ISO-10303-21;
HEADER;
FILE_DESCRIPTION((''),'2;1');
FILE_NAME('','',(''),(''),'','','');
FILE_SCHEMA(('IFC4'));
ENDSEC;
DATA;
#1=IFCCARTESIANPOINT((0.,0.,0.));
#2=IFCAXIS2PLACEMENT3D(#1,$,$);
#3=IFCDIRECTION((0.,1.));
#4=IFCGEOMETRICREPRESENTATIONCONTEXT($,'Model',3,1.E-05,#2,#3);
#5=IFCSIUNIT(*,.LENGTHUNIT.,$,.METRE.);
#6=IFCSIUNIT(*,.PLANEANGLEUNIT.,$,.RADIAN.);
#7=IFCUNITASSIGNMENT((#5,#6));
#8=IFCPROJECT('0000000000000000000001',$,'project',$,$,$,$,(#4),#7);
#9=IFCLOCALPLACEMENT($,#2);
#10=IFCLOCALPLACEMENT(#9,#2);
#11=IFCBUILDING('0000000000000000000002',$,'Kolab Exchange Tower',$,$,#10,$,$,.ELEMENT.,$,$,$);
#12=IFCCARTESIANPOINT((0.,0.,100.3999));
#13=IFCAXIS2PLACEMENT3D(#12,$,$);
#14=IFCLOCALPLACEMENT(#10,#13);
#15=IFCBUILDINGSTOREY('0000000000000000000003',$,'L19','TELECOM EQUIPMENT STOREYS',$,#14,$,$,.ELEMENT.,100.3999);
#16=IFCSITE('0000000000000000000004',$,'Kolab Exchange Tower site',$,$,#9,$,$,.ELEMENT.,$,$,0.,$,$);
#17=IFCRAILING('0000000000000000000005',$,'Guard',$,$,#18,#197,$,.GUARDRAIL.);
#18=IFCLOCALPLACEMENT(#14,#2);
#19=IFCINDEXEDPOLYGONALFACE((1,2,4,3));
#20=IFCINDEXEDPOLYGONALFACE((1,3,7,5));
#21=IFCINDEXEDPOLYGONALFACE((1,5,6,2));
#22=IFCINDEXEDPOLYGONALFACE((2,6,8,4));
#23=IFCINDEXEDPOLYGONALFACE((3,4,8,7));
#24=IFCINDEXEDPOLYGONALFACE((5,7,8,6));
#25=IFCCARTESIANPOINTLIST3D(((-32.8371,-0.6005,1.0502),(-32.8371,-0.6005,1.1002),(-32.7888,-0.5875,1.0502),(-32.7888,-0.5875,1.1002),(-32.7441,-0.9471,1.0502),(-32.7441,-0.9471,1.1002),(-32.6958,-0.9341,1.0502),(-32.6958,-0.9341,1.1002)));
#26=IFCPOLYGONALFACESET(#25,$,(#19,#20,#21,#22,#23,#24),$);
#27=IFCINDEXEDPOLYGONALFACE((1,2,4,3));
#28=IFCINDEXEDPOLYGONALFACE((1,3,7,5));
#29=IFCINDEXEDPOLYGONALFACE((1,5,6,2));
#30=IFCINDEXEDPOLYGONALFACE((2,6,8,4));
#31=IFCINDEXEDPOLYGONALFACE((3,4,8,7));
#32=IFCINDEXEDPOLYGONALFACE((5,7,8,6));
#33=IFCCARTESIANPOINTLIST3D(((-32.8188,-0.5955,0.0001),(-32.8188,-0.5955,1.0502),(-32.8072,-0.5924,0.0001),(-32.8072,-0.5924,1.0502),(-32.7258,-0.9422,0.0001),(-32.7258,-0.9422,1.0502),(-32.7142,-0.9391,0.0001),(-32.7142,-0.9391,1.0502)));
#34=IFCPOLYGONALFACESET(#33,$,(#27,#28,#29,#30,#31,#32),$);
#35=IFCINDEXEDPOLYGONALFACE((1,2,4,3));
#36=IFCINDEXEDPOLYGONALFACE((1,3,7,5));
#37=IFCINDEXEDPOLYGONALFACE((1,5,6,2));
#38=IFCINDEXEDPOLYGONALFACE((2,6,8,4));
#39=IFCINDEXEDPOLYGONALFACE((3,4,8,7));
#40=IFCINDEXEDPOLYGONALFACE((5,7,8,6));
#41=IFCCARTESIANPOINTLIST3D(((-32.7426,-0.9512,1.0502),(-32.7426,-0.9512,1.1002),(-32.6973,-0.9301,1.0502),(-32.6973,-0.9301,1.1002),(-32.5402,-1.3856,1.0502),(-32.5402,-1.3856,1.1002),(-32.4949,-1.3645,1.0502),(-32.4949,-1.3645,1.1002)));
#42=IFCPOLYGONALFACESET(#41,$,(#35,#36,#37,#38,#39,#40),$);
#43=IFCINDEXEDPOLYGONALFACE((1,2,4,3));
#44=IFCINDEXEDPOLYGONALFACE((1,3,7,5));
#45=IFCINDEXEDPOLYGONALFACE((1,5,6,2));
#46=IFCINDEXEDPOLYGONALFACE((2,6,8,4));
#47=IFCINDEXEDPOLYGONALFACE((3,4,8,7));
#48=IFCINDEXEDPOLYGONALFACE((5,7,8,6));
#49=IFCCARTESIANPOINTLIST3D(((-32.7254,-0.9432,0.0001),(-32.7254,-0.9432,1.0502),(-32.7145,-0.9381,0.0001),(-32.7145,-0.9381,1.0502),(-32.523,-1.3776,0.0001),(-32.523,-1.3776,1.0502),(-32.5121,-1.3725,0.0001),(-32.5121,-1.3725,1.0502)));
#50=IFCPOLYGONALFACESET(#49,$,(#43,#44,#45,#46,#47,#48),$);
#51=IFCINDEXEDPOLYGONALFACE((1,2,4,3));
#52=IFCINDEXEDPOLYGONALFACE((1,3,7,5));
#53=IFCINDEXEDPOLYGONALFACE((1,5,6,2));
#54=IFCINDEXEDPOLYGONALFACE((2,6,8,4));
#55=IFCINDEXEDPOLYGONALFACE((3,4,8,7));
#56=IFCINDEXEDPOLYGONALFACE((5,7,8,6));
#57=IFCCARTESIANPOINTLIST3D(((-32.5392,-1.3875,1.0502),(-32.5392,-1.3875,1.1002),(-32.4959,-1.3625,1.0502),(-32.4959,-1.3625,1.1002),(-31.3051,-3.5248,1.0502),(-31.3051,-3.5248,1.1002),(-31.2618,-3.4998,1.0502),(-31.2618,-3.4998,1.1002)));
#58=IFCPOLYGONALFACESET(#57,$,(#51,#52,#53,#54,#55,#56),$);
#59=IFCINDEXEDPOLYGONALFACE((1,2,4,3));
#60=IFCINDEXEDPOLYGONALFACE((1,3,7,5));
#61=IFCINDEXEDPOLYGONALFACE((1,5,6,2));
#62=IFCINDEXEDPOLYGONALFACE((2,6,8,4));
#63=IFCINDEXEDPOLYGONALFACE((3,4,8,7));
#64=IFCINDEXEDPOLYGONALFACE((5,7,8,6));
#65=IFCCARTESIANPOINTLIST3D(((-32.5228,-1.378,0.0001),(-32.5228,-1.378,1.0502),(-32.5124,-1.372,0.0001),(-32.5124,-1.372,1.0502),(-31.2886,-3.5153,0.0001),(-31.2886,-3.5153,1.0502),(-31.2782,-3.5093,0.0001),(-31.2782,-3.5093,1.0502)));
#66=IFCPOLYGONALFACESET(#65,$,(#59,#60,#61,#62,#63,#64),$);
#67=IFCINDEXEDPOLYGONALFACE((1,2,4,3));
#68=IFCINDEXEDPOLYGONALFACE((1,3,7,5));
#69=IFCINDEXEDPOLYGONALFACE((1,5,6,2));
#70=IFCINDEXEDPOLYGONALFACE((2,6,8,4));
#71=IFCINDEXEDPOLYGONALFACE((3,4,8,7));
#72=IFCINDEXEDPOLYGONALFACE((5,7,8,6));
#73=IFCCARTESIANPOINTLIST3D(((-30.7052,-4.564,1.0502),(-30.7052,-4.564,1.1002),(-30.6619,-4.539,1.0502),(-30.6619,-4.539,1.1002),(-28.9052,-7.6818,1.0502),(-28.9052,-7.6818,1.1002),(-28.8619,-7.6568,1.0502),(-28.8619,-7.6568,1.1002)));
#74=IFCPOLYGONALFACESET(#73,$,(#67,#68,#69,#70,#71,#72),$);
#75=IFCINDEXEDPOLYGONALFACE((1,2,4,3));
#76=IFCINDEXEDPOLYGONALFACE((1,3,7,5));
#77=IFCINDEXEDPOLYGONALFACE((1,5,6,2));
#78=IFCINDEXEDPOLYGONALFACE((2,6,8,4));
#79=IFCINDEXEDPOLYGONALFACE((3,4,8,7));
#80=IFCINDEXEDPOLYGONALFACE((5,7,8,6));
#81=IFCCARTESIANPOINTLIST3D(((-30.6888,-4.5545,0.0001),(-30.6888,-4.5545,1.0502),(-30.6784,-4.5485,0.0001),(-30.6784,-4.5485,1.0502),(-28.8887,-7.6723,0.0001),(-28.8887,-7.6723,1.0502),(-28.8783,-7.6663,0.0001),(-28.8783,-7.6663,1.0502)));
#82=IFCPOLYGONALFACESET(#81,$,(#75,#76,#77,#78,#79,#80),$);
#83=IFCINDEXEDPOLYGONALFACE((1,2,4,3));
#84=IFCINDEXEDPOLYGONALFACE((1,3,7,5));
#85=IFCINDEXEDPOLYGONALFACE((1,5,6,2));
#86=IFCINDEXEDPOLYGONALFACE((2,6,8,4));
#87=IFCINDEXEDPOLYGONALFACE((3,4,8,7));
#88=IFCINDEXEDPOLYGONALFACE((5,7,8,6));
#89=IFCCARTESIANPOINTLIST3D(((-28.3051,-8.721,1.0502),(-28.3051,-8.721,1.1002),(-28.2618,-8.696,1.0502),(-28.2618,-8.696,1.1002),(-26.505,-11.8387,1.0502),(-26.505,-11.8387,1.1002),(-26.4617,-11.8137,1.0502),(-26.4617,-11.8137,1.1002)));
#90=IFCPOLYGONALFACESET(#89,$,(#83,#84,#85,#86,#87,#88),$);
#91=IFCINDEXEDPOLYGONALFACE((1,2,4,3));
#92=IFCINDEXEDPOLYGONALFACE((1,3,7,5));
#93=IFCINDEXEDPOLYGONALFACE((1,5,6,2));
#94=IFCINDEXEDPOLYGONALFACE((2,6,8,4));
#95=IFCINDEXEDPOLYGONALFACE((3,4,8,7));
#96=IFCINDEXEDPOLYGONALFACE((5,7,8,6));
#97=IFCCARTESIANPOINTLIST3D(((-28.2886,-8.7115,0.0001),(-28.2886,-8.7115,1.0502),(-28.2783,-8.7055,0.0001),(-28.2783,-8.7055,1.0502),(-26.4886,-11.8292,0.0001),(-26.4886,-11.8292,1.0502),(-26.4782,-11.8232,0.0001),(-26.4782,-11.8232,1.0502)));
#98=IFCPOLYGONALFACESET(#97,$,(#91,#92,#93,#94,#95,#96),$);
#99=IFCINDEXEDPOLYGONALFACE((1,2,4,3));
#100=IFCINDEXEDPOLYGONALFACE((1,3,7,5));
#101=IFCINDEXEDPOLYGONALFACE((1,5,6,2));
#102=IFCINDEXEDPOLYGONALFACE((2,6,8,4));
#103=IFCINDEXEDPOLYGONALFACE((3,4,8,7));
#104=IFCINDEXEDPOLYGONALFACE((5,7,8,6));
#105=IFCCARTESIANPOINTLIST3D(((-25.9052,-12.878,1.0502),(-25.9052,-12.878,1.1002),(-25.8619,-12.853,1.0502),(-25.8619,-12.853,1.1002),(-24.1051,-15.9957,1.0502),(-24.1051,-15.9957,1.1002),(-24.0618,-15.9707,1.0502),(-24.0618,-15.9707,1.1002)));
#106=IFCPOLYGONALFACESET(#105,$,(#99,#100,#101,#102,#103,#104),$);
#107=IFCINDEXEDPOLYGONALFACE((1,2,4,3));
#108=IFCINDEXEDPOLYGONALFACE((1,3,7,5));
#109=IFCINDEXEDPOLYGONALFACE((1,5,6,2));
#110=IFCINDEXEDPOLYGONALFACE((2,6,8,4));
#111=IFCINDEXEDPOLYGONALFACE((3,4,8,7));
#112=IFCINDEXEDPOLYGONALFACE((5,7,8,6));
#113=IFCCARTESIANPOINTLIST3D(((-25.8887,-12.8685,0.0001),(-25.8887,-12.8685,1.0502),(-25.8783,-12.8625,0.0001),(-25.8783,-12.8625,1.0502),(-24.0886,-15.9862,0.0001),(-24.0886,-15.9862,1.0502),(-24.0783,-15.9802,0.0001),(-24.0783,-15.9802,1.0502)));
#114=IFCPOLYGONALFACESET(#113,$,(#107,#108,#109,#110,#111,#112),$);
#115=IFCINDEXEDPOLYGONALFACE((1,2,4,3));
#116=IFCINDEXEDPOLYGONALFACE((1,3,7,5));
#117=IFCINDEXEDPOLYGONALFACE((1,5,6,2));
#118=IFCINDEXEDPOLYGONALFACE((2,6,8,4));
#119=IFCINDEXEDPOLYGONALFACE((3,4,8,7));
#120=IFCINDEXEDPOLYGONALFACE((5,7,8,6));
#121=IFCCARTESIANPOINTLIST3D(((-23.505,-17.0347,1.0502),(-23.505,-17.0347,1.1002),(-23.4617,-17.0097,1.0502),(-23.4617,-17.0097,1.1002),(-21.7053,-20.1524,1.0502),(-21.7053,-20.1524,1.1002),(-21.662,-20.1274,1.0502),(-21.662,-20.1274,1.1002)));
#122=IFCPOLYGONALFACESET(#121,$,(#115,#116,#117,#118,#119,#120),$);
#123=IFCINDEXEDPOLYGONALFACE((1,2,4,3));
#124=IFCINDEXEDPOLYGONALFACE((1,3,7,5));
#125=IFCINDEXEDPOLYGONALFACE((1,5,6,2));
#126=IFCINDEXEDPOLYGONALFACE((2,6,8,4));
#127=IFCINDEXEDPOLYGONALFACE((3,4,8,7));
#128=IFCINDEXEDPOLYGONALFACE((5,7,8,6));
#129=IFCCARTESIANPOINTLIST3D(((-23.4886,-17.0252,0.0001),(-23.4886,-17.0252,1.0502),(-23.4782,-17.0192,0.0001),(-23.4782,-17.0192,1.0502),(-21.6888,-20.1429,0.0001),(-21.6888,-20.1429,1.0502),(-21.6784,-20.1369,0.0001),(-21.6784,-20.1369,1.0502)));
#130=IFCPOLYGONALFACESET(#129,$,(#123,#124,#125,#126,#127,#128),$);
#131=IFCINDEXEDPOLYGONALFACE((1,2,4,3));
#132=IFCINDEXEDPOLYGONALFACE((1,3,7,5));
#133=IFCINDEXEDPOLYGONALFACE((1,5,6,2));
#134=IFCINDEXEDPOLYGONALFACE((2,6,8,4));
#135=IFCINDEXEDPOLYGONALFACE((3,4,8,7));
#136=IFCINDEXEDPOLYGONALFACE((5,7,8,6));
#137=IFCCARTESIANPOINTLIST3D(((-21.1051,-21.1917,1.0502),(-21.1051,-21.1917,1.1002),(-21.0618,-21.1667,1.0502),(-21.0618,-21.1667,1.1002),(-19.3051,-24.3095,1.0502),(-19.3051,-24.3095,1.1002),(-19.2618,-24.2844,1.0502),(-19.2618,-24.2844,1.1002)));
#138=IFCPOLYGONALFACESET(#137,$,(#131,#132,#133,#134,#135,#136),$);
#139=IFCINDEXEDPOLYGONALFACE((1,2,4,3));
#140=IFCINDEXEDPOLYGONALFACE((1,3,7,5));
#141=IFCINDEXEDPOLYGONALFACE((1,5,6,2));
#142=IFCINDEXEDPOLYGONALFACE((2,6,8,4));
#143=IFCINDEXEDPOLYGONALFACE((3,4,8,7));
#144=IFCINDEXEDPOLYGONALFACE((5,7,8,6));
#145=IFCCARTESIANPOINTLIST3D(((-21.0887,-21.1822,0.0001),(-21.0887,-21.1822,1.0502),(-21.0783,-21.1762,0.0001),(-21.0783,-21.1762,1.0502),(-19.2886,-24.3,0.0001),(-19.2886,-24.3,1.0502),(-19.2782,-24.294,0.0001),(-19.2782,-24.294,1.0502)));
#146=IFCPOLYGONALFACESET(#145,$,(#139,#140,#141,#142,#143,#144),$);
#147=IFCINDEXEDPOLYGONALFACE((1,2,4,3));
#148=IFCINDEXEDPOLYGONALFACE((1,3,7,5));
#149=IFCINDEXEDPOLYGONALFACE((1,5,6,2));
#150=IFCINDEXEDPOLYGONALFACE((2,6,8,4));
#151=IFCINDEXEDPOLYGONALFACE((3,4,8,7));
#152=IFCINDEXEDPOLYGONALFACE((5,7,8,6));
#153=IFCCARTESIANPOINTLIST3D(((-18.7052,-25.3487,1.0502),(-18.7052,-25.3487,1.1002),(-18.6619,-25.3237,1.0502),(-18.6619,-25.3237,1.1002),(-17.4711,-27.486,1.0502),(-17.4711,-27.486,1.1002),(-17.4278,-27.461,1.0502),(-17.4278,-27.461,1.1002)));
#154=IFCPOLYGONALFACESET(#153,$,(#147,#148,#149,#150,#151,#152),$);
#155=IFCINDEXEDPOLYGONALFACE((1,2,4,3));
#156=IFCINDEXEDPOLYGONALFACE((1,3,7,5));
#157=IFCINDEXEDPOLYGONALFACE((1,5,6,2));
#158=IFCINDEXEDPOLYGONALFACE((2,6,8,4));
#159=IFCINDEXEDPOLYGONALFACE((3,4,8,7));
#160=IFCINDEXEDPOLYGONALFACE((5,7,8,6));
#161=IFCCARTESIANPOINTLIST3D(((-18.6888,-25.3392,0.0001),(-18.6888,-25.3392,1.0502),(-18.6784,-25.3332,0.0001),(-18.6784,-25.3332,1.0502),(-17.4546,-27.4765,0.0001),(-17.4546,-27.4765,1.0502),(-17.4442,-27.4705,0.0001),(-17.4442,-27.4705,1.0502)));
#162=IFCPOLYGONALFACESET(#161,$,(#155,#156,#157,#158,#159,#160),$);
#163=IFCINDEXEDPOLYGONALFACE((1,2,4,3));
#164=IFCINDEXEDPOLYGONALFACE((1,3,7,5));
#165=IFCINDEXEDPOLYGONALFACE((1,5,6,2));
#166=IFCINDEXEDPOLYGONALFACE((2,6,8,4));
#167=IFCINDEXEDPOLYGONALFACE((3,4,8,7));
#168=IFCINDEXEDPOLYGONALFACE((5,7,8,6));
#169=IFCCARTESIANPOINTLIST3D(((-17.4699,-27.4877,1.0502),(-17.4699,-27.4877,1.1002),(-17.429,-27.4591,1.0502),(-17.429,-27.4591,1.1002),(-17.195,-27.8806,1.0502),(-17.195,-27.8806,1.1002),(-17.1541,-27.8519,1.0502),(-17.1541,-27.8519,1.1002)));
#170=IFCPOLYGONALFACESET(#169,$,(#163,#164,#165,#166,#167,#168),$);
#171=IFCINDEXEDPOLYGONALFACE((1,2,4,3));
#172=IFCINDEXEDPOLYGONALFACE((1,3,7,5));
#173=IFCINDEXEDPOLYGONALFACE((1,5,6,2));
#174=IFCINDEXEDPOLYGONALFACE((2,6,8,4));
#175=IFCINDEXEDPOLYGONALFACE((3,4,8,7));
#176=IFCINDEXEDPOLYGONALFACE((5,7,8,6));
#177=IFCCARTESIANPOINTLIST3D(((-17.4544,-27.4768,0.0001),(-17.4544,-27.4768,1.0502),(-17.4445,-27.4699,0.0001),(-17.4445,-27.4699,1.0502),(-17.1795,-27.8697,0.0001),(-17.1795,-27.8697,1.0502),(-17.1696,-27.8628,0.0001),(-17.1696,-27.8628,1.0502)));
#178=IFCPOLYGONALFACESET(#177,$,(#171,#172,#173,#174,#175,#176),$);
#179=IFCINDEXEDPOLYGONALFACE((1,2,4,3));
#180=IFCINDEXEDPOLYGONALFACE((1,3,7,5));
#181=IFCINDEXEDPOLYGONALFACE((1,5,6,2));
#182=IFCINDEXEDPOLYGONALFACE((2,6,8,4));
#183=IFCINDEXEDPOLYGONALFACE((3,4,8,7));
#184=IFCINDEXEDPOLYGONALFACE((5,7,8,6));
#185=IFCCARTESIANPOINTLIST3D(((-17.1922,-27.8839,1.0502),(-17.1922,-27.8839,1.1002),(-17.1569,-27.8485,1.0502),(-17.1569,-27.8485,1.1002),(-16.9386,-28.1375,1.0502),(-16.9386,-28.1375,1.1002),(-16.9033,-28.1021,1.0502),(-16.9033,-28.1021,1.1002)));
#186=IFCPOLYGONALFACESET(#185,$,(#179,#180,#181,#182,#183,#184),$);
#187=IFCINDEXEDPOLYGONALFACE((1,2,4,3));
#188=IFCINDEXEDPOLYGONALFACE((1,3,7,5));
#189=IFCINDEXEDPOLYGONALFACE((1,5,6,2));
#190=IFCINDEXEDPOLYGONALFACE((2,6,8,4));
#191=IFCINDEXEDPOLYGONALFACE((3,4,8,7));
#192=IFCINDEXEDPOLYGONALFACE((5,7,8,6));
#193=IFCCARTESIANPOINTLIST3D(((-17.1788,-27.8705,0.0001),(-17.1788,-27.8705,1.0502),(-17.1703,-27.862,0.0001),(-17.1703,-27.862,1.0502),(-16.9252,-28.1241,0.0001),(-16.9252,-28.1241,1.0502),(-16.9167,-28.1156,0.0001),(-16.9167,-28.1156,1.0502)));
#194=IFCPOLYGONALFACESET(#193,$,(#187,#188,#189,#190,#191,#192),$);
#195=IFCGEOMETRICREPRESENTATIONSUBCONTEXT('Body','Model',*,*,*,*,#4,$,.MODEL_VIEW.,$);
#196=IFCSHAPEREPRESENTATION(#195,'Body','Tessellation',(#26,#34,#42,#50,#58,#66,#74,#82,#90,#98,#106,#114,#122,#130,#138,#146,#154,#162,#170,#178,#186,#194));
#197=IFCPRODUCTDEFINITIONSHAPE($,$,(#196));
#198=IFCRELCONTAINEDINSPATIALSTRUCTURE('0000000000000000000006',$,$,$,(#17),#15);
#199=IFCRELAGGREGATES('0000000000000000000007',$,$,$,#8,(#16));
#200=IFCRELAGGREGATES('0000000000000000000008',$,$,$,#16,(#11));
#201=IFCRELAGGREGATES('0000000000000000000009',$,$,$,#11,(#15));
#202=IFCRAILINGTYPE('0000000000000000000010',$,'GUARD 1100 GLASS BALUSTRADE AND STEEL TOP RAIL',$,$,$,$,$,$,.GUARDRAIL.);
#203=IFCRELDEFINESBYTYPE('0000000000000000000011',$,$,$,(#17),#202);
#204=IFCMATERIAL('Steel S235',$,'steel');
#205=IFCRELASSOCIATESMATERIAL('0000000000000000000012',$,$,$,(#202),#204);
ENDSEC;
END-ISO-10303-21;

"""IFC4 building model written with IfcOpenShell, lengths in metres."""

from ifc_helpers import new_model, si_unit, direction, frame, frame_2d, origin, origin_2d, place, context, subcontext, project, spatial, rectangle, extrude, material, type_object, element, save


model = new_model("IFC4")

# Units and contexts
model_context = context("Model", 3, precision=1e-05, world=origin(), true_north=direction((0.0, 1.0)))
body_context = subcontext(model_context, "Body", "Model", "MODEL_VIEW")
ifc_project = project(units=[si_unit("LENGTHUNIT", "METRE"), si_unit("PLANEANGLEUNIT", "RADIAN")], contexts=[model_context])

# Site, building, storey
site_placement = place(None, origin())
site = spatial("IfcSite", under=ifc_project, at=site_placement, Name="Kolab Exchange Tower site", CompositionType="ELEMENT", RefElevation=0.0)
building_placement = place(site_placement, origin())
building = spatial("IfcBuilding", under=site, at=building_placement, Name="Kolab Exchange Tower", CompositionType="ELEMENT")
storey_placement = place(building_placement, frame((0.0, 0.0, 100.3999)))
storey = spatial("IfcBuildingStorey", under=building, at=storey_placement, Name="L19", Description="TELECOM EQUIPMENT STOREYS", CompositionType="ELEMENT", Elevation=100.3999)

# Shared definitions
ifc_material_1 = material(Name="Steel S235", Category="steel")

# Railing
railing_type = type_object("IfcRailingType", Name="GUARD 1100 GLASS BALUSTRADE AND STEEL TOP RAIL", PredefinedType="GUARDRAIL", material=ifc_material_1)
railing_placement = place(storey_placement, frame((-32.813, -0.594, 0.0)))
element("IfcRailing", 1, at=railing_placement, inside=storey, type_object=railing_type, Name="Guard", PredefinedType="GUARDRAIL", context=body_context, shape_type="SweptSolid", body=[
    extrude(rectangle(XDim=0.05, YDim=0.05, at=origin_2d()), frame((0.0, 0.0, 1.0752), z_axis=(0.259144, -0.965839, 0.0), x_axis=(0.965839, 0.259144, 0.0)), (0.0, 0.0, 1.0), 0.3589),
    extrude(rectangle(XDim=0.012, YDim=1.0501, at=frame_2d((0.0, 0.5251))), frame((0.0, 0.0, 0.0), z_axis=(0.259144, -0.965839, 0.0), x_axis=(0.965839, 0.259144, 0.0)), (0.0, 0.0, 1.0), 0.3589),
    extrude(rectangle(XDim=0.05, YDim=0.05, at=origin_2d()), frame((0.093, -0.3467, 1.0752), z_axis=(0.422383, -0.906417, 0.0), x_axis=(0.906417, 0.422383, 0.0)), (0.0, 0.0, 1.0), 0.4792),
    extrude(rectangle(XDim=0.012, YDim=1.0501, at=frame_2d((0.0, 0.5251))), frame((0.093, -0.3467, 0.0), z_axis=(0.422383, -0.906417, 0.0), x_axis=(0.906417, 0.422383, 0.0)), (0.0, 0.0, 1.0), 0.4792),
    extrude(rectangle(XDim=0.05, YDim=0.05, at=origin_2d()), frame((0.2954, -0.781, 1.0752), z_axis=(0.500065, -0.865988, 0.0), x_axis=(0.865988, 0.500065, 0.0)), (0.0, 0.0, 1.0), 2.468),
    extrude(rectangle(XDim=0.012, YDim=1.0501, at=frame_2d((0.0, 0.5251))), frame((0.2954, -0.781, 0.0), z_axis=(0.500065, -0.865988, 0.0), x_axis=(0.865988, 0.500065, 0.0)), (0.0, 0.0, 1.0), 2.468),
    extrude(rectangle(XDim=0.05, YDim=0.05, at=origin_2d()), frame((2.1294, -3.9575, 1.0752), z_axis=(0.500012, -0.866018, 0.0), x_axis=(0.866018, 0.500012, 0.0)), (0.0, 0.0, 1.0), 3.6001),
    extrude(rectangle(XDim=0.012, YDim=1.0501, at=frame_2d((0.0, 0.5251))), frame((2.1294, -3.9575, 0.0), z_axis=(0.500012, -0.866018, 0.0), x_axis=(0.866018, 0.500012, 0.0)), (0.0, 0.0, 1.0), 3.6001),
    extrude(rectangle(XDim=0.05, YDim=0.05, at=origin_2d()), frame((4.5295, -8.1145, 1.0752), z_axis=(0.500012, -0.866018, 0.0), x_axis=(0.866018, 0.500012, 0.0)), (0.0, 0.0, 1.0), 3.6001),
    extrude(rectangle(XDim=0.012, YDim=1.0501, at=frame_2d((0.0, 0.5251))), frame((4.5295, -8.1145, 0.0), z_axis=(0.500012, -0.866018, 0.0), x_axis=(0.866018, 0.500012, 0.0)), (0.0, 0.0, 1.0), 3.6001),
    extrude(rectangle(XDim=0.05, YDim=0.05, at=origin_2d()), frame((6.9294, -12.2715, 1.0752), z_axis=(0.500012, -0.866018, 0.0), x_axis=(0.866018, 0.500012, 0.0)), (0.0, 0.0, 1.0), 3.6001),
    extrude(rectangle(XDim=0.012, YDim=1.0501, at=frame_2d((0.0, 0.5251))), frame((6.9294, -12.2715, 0.0), z_axis=(0.500012, -0.866018, 0.0), x_axis=(0.866018, 0.500012, 0.0)), (0.0, 0.0, 1.0), 3.6001),
    extrude(rectangle(XDim=0.05, YDim=0.05, at=origin_2d()), frame((9.3296, -16.4282, 1.0752), z_axis=(0.499961, -0.866048, 0.0), x_axis=(0.866048, 0.499961, 0.0)), (0.0, 0.0, 1.0), 3.5999),
    extrude(rectangle(XDim=0.012, YDim=1.0501, at=frame_2d((0.0, 0.5251))), frame((9.3296, -16.4282, 0.0), z_axis=(0.499961, -0.866048, 0.0), x_axis=(0.866048, 0.499961, 0.0)), (0.0, 0.0, 1.0), 3.5999),
    extrude(rectangle(XDim=0.05, YDim=0.05, at=origin_2d()), frame((11.7295, -20.5852, 1.0752), z_axis=(0.500012, -0.866018, 0.0), x_axis=(0.866018, 0.500012, 0.0)), (0.0, 0.0, 1.0), 3.6001),
    extrude(rectangle(XDim=0.012, YDim=1.0501, at=frame_2d((0.0, 0.5251))), frame((11.7295, -20.5852, 0.0), z_axis=(0.500012, -0.866018, 0.0), x_axis=(0.866018, 0.500012, 0.0)), (0.0, 0.0, 1.0), 3.6001),
    extrude(rectangle(XDim=0.05, YDim=0.05, at=origin_2d()), frame((14.1294, -24.7422, 1.0752), z_axis=(0.500065, -0.865988, 0.0), x_axis=(0.865988, 0.500065, 0.0)), (0.0, 0.0, 1.0), 2.468),
    extrude(rectangle(XDim=0.012, YDim=1.0501, at=frame_2d((0.0, 0.5251))), frame((14.1294, -24.7422, 0.0), z_axis=(0.500065, -0.865988, 0.0), x_axis=(0.865988, 0.500065, 0.0)), (0.0, 0.0, 1.0), 2.468),
    extrude(rectangle(XDim=0.05, YDim=0.05, at=origin_2d()), frame((15.3635, -26.8794, 1.0752), z_axis=(0.57336, -0.819304, 0.0), x_axis=(0.819304, 0.57336, 0.0)), (0.0, 0.0, 1.0), 0.4795),
    extrude(rectangle(XDim=0.012, YDim=1.0501, at=frame_2d((0.0, 0.5251))), frame((15.3635, -26.8794, 0.0), z_axis=(0.57336, -0.819304, 0.0), x_axis=(0.819304, 0.57336, 0.0)), (0.0, 0.0, 1.0), 0.4795),
    extrude(rectangle(XDim=0.05, YDim=0.05, at=origin_2d()), frame((15.6384, -27.2722, 1.0752), z_axis=(0.707107, -0.707107, 0.0), x_axis=(0.707107, 0.707107, 0.0)), (0.0, 0.0, 1.0), 0.3586),
    extrude(rectangle(XDim=0.012, YDim=1.0501, at=frame_2d((0.0, 0.5251))), frame((15.6384, -27.2722, 0.0), z_axis=(0.707107, -0.707107, 0.0), x_axis=(0.707107, 0.707107, 0.0)), (0.0, 0.0, 1.0), 0.3586),
])

save(model, "model.ifc")
